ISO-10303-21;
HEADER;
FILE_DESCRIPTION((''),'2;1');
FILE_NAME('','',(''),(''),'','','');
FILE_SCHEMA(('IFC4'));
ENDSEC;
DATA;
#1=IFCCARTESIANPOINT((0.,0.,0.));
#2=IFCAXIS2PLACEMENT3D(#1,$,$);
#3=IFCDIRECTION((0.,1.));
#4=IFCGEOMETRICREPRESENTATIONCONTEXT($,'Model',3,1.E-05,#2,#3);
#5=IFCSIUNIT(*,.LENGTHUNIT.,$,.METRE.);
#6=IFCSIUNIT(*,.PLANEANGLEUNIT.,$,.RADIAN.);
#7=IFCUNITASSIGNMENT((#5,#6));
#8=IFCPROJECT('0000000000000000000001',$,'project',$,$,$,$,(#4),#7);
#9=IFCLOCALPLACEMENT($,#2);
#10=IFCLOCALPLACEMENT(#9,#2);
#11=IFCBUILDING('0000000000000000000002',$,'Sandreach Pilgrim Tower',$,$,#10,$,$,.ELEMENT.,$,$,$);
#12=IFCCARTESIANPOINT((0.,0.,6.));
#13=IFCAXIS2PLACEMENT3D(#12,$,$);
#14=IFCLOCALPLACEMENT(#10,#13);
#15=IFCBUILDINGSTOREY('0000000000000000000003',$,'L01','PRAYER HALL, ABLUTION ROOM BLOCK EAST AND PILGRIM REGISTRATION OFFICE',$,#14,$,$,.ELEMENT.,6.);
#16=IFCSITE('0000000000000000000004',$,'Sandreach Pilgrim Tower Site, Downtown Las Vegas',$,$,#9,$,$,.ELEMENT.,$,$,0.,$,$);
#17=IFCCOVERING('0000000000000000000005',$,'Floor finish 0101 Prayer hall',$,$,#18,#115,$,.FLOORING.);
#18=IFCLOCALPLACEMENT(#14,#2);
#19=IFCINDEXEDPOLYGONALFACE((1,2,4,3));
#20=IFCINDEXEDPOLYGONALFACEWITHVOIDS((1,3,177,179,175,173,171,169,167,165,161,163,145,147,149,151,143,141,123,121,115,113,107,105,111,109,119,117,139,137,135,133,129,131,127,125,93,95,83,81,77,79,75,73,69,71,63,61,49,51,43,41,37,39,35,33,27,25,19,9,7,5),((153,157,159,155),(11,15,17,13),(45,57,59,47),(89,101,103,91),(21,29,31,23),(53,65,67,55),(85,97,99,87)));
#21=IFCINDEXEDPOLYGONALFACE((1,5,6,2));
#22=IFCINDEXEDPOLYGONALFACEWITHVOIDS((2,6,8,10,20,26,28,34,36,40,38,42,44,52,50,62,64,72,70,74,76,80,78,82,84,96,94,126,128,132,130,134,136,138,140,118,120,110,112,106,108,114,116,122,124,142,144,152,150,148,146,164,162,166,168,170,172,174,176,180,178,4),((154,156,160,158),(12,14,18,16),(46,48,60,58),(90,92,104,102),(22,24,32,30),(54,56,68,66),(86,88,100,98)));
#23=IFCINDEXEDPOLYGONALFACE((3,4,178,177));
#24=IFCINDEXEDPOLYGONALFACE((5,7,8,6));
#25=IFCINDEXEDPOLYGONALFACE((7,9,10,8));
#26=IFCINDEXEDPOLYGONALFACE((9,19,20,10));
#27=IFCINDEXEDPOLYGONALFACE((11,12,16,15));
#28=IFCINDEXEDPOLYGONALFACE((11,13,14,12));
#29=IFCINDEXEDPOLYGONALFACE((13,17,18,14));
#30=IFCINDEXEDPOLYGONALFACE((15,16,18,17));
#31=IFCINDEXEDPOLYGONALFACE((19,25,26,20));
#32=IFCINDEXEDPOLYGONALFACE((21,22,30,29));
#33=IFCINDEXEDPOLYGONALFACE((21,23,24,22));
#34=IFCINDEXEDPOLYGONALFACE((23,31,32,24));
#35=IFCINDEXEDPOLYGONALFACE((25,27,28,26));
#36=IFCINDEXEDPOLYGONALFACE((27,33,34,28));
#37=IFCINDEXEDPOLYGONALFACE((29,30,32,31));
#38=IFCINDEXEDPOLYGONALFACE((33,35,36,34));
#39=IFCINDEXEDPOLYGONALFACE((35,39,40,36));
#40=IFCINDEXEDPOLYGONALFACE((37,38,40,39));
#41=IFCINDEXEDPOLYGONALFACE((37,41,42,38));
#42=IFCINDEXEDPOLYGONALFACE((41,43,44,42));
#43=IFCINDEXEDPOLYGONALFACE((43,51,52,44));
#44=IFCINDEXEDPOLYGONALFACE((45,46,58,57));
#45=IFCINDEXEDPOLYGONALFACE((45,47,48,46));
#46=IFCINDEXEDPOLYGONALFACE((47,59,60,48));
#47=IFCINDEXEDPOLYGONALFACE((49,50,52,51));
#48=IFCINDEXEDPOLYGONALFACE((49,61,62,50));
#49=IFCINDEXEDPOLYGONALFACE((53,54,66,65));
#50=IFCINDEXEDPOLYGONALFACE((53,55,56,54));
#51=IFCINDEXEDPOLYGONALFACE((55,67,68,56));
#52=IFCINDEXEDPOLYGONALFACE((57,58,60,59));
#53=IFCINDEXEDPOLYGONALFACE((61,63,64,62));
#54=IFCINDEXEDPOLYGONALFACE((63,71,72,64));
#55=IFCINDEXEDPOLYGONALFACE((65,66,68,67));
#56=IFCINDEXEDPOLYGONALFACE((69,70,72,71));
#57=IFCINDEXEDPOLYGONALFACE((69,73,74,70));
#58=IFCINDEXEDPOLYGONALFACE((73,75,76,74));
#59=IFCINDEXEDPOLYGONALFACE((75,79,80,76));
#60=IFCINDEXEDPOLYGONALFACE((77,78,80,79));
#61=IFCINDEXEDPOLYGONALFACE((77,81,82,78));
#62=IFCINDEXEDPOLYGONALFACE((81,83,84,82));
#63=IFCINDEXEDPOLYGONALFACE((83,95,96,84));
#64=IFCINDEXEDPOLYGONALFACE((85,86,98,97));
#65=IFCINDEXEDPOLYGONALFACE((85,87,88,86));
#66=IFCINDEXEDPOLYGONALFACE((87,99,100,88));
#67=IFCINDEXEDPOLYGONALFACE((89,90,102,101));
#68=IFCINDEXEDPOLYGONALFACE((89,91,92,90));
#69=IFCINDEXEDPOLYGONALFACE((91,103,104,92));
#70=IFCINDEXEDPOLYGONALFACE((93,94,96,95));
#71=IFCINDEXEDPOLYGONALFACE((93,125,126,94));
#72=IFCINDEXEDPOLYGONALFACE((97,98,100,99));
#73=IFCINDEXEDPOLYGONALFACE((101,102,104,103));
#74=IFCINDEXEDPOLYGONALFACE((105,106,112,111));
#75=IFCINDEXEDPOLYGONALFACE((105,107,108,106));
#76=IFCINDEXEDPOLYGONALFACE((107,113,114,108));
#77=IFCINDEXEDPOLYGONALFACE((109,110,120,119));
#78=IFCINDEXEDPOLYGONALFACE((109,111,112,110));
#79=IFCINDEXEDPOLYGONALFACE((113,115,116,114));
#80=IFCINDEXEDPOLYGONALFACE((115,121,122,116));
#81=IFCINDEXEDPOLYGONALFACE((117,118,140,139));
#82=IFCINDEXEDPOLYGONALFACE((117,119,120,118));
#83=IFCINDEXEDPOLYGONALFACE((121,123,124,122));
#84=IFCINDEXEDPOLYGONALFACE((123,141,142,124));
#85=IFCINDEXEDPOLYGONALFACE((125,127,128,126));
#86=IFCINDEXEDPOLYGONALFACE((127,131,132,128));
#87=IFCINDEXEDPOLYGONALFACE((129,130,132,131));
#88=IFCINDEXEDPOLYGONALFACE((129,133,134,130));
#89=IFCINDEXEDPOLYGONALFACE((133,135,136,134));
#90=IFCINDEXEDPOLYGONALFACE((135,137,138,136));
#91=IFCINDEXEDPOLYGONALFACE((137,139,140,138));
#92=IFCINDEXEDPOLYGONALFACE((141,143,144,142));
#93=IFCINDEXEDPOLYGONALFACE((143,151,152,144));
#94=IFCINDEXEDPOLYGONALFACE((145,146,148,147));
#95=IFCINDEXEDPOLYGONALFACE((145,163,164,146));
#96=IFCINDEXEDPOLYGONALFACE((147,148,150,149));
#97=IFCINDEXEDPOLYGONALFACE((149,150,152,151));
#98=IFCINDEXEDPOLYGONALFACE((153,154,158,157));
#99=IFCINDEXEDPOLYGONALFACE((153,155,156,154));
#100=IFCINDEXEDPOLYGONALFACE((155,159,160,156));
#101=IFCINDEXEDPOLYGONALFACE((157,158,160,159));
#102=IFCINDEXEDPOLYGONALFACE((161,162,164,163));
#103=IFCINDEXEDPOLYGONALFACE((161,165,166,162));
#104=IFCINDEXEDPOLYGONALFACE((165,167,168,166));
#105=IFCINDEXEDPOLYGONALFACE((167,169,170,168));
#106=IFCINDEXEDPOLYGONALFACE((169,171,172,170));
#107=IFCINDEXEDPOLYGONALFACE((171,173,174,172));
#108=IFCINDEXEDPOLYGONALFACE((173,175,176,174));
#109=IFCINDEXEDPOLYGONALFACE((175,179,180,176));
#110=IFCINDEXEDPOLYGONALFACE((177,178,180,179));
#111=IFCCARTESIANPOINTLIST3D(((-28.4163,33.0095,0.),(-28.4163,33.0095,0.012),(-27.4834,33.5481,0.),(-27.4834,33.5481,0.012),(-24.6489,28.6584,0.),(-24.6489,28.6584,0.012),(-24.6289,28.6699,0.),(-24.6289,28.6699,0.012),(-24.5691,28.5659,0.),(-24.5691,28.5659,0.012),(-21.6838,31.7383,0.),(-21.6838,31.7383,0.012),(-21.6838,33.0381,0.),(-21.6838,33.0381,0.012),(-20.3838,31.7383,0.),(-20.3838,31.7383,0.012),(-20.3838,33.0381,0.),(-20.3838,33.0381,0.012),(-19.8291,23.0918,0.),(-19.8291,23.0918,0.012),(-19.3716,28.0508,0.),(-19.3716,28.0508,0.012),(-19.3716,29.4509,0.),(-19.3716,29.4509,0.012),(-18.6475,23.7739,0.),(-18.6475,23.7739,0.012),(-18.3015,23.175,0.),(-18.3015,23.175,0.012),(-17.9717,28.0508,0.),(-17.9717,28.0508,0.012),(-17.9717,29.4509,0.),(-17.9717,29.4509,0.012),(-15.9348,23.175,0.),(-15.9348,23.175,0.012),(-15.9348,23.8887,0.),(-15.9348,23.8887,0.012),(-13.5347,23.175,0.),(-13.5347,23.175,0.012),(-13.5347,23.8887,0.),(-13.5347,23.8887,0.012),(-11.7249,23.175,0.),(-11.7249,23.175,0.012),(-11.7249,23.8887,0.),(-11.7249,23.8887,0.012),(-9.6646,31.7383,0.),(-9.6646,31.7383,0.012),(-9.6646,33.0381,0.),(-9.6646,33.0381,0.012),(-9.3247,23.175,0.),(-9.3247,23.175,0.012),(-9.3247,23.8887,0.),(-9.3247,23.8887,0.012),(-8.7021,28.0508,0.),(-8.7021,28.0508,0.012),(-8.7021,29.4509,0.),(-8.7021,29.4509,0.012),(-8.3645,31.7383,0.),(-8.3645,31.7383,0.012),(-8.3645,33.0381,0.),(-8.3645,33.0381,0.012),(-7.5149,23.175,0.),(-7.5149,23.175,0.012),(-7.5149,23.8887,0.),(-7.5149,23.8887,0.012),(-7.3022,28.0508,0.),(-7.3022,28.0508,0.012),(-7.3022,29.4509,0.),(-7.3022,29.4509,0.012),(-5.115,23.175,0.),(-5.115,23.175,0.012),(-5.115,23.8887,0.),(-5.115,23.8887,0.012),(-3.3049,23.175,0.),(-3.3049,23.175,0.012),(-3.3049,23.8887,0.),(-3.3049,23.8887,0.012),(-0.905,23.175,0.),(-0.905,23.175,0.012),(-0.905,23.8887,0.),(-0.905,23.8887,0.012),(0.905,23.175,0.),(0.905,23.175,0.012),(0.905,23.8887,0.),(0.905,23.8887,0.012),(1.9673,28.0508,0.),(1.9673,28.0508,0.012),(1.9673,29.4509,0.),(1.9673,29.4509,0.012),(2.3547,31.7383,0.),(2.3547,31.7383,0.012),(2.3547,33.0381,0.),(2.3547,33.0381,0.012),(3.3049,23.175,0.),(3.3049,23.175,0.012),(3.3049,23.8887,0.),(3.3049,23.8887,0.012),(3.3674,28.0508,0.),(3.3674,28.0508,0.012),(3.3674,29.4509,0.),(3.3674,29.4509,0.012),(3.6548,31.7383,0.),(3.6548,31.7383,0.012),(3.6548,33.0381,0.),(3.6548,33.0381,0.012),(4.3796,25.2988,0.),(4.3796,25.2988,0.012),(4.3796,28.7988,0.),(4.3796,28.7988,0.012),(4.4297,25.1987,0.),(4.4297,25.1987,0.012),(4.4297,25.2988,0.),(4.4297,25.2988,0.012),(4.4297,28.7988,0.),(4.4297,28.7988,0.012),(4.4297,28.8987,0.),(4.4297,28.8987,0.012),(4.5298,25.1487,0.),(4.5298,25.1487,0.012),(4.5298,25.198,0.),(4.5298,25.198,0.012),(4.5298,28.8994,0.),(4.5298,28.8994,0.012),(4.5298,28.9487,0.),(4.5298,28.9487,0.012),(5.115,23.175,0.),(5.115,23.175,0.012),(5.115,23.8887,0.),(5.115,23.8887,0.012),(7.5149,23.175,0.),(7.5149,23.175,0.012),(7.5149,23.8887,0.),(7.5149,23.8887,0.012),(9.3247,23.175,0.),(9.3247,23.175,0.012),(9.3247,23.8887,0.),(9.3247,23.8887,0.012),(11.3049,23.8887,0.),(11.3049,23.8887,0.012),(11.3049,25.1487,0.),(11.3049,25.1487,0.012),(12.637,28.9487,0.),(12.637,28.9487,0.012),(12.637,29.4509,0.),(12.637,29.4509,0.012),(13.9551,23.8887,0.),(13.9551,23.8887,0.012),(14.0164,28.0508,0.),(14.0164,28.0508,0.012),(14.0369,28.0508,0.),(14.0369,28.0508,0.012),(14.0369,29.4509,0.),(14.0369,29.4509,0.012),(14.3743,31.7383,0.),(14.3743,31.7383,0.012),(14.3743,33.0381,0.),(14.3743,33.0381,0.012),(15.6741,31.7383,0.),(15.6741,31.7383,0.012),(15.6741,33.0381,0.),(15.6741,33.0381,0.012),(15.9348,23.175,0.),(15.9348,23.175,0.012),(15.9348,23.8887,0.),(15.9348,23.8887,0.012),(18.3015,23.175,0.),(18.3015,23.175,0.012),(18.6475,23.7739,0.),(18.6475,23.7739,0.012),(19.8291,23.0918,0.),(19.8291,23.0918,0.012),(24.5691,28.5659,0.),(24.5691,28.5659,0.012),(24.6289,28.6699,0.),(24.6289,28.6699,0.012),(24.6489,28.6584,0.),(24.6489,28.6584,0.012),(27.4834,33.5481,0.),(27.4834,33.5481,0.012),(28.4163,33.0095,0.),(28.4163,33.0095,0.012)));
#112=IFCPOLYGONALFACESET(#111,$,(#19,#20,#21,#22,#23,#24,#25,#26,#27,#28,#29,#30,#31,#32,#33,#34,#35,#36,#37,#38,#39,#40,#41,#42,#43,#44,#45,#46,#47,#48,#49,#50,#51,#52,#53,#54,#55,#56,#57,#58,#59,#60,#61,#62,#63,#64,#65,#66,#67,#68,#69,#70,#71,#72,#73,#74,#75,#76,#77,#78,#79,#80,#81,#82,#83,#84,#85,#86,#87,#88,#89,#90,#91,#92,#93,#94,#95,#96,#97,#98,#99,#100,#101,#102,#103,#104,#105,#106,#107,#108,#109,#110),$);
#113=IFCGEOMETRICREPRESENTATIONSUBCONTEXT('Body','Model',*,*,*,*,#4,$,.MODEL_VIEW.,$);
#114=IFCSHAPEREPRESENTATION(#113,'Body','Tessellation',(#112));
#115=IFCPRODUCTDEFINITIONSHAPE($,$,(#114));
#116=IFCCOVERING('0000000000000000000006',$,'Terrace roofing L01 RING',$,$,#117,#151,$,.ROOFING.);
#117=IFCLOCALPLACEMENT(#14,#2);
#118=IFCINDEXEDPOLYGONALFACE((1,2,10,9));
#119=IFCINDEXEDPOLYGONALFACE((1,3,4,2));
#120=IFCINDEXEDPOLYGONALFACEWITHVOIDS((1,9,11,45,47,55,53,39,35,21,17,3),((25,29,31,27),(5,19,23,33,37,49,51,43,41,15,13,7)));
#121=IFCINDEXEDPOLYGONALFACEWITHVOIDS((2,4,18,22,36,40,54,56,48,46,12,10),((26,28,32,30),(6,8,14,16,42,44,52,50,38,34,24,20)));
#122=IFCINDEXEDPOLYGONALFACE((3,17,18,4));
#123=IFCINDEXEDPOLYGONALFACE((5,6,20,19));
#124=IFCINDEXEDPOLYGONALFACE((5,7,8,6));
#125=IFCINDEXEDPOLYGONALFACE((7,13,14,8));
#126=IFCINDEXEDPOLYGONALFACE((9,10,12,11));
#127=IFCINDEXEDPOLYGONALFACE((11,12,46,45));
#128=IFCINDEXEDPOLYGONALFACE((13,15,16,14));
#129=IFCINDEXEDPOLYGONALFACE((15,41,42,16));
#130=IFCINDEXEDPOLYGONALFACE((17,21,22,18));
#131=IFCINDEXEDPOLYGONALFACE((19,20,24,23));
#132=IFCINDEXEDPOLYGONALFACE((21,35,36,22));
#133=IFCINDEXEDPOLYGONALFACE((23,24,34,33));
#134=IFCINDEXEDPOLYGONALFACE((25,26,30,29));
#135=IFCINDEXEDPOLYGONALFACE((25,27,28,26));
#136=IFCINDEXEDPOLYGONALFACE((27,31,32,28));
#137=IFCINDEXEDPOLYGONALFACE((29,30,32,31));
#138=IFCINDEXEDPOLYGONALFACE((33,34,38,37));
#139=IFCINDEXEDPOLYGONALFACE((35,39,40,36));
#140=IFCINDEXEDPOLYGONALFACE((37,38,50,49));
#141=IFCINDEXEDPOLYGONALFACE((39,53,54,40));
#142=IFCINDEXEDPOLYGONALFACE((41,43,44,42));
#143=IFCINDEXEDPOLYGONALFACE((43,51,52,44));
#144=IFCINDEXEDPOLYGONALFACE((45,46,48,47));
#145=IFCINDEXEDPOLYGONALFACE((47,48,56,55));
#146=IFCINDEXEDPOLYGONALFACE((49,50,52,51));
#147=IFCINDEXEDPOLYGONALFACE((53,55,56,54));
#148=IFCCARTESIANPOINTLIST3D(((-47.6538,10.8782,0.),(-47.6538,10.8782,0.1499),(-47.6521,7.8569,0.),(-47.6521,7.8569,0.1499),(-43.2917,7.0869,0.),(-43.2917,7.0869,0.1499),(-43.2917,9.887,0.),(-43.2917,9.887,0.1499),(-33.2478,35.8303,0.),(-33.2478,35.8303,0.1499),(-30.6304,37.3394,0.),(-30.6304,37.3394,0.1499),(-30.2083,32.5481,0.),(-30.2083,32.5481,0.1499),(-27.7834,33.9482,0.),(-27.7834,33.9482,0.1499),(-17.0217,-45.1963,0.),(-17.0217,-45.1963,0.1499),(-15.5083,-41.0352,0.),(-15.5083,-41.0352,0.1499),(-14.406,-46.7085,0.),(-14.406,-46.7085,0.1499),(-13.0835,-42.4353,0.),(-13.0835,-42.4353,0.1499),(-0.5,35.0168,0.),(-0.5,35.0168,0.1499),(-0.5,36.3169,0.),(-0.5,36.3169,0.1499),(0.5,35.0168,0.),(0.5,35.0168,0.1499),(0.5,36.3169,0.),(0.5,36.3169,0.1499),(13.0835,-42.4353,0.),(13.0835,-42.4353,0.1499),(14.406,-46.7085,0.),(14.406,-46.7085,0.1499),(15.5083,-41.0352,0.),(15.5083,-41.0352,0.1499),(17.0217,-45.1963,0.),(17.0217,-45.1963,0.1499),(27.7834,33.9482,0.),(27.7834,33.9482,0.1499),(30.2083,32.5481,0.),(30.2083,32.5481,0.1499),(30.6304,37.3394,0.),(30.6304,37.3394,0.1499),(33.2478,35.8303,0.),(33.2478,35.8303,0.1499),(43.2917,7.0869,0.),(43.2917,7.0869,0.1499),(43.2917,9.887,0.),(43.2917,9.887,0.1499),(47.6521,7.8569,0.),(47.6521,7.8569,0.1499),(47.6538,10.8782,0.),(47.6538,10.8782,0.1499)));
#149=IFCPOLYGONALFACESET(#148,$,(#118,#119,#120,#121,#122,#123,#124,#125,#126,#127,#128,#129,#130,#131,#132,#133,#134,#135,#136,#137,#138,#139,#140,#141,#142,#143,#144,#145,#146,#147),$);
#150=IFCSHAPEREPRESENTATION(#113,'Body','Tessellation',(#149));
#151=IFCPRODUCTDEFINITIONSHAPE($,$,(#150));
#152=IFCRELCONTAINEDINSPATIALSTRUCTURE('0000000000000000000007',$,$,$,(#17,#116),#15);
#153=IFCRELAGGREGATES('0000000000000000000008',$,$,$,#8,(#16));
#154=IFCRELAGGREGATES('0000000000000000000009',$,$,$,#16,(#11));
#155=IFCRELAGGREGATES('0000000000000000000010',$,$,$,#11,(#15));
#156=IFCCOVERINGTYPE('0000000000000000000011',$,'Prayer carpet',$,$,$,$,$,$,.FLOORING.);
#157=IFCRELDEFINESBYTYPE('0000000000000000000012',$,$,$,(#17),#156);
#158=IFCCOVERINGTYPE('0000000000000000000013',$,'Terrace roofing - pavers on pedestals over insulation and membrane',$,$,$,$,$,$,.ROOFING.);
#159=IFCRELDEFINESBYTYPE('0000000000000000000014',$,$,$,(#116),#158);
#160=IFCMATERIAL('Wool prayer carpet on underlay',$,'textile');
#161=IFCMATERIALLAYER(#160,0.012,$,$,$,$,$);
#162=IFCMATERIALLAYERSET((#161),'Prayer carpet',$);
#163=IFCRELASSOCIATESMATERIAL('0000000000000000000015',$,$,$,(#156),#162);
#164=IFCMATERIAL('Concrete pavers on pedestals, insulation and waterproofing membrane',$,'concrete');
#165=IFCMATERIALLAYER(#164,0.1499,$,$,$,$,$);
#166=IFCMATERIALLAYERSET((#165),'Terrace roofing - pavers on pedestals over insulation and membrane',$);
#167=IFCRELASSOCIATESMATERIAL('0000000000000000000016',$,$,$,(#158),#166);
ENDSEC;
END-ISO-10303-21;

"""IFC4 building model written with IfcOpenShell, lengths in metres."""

from ifc_helpers import new_model, si_unit, direction, frame, origin, place, context, subcontext, project, spatial, polyline, outline, extrude, material, layer, layer_set, type_object, element, save


model = new_model("IFC4")

# Units and contexts
model_context = context("Model", 3, precision=1e-05, world=origin(), true_north=direction((0.0, 1.0)))
body_context = subcontext(model_context, "Body", "Model", "MODEL_VIEW")
ifc_project = project(units=[si_unit("LENGTHUNIT", "METRE"), si_unit("PLANEANGLEUNIT", "RADIAN")], contexts=[model_context])

# Site, building, storey
site_placement = place(None, origin())
site = spatial("IfcSite", under=ifc_project, at=site_placement, Name="Sandreach Pilgrim Tower Site, Downtown Las Vegas", CompositionType="ELEMENT", RefElevation=0.0)
building_placement = place(site_placement, origin())
building = spatial("IfcBuilding", under=site, at=building_placement, Name="Sandreach Pilgrim Tower", CompositionType="ELEMENT")
storey_placement = place(building_placement, frame((0.0, 0.0, 6.0)))
storey = spatial("IfcBuildingStorey", under=building, at=storey_placement, Name="L01", Description="PRAYER HALL, ABLUTION ROOM BLOCK EAST AND PILGRIM REGISTRATION OFFICE", CompositionType="ELEMENT", Elevation=6.0)

# Coverings
ifc_material_1 = material(Name="Wool prayer carpet on underlay", Category="textile")
ifc_layer_1 = layer(ifc_material_1, 0.012)
ifc_layer_set_1 = layer_set([ifc_layer_1], Name="Prayer carpet")
covering_type_1 = type_object("IfcCoveringType", Name="Prayer carpet", PredefinedType="FLOORING", material=ifc_layer_set_1)
covering_1_placement = place(storey_placement, origin())
element("IfcCovering", 1, at=covering_1_placement, inside=storey, type_object=covering_type_1, Name="Floor finish 0101 Prayer hall", PredefinedType="FLOORING", context=body_context, shape_type="SweptSolid", body=[
    extrude(outline(polyline([(27.4834, 33.5481), (28.4163, 33.0095), (24.6489, 28.6584), (24.6289, 28.6699), (24.5691, 28.5659), (19.8291, 23.0918), (18.6475, 23.7739), (18.3015, 23.175), (15.9348, 23.175), (15.9348, 23.8887), (13.9551, 23.8887), (14.0164, 28.0508), (14.0369, 28.0508), (14.0369, 29.4509), (12.637, 29.4509), (12.637, 28.9487), (4.5298, 28.9487), (4.5298, 28.8994), (4.4297, 28.8987), (4.4297, 28.7988), (4.3796, 28.7988), (4.3796, 25.2988), (4.4297, 25.2988), (4.4297, 25.1987), (4.5298, 25.198), (4.5298, 25.1487), (11.3049, 25.1487), (11.3049, 23.8887), (9.3247, 23.8887), (9.3247, 23.175), (7.5149, 23.175), (7.5149, 23.8887), (5.115, 23.8887), (5.115, 23.175), (3.3049, 23.175), (3.3049, 23.8887), (0.905, 23.8887), (0.905, 23.175), (-0.905, 23.175), (-0.905, 23.8887), (-3.3049, 23.8887), (-3.3049, 23.175), (-5.115, 23.175), (-5.115, 23.8887), (-7.5149, 23.8887), (-7.5149, 23.175), (-9.3247, 23.175), (-9.3247, 23.8887), (-11.7249, 23.8887), (-11.7249, 23.175), (-13.5347, 23.175), (-13.5347, 23.8887), (-15.9348, 23.8887), (-15.9348, 23.175), (-18.3015, 23.175), (-18.6475, 23.7739), (-19.8291, 23.0918), (-24.5691, 28.5659), (-24.6289, 28.6699), (-24.6489, 28.6584), (-28.4163, 33.0095), (-27.4834, 33.5481), (27.4834, 33.5481)]), holes=[polyline([(14.3743, 33.0381), (14.3743, 31.7383), (15.6741, 31.7383), (15.6741, 33.0381), (14.3743, 33.0381)]), polyline([(3.6548, 33.0381), (2.3547, 33.0381), (2.3547, 31.7383), (3.6548, 31.7383), (3.6548, 33.0381)]), polyline([(1.9673, 29.4509), (1.9673, 28.0508), (3.3674, 28.0508), (3.3674, 29.4509), (1.9673, 29.4509)]), polyline([(-8.7021, 29.4509), (-8.7021, 28.0508), (-7.3022, 28.0508), (-7.3022, 29.4509), (-8.7021, 29.4509)]), polyline([(-9.6646, 33.0381), (-9.6646, 31.7383), (-8.3645, 31.7383), (-8.3645, 33.0381), (-9.6646, 33.0381)]), polyline([(-19.3716, 29.4509), (-19.3716, 28.0508), (-17.9717, 28.0508), (-17.9717, 29.4509), (-19.3716, 29.4509)]), polyline([(-21.6838, 33.0381), (-21.6838, 31.7383), (-20.3838, 31.7383), (-20.3838, 33.0381), (-21.6838, 33.0381)])]), origin(), (0.0, 0.0, 1.0), 0.012),
])
ifc_material_2 = material(Name="Concrete pavers on pedestals, insulation and waterproofing membrane", Category="concrete")
ifc_layer_2 = layer(ifc_material_2, 0.1499)
ifc_layer_set_2 = layer_set([ifc_layer_2], Name="Terrace roofing - pavers on pedestals over insulation and membrane")
covering_type_2 = type_object("IfcCoveringType", Name="Terrace roofing - pavers on pedestals over insulation and membrane", PredefinedType="ROOFING", material=ifc_layer_set_2)
covering_2_placement = place(storey_placement, origin())
element("IfcCovering", 2, at=covering_2_placement, inside=storey, type_object=covering_type_2, Name="Terrace roofing L01 RING", PredefinedType="ROOFING", context=body_context, shape_type="SweptSolid", body=[
    extrude(outline(polyline([(-30.6304, 37.3394), (30.6304, 37.3394), (33.2478, 35.8303), (47.6538, 10.8782), (47.6521, 7.8569), (17.0217, -45.1963), (14.406, -46.7085), (-14.406, -46.7085), (-17.0217, -45.1963), (-47.6521, 7.8569), (-47.6538, 10.8782), (-33.2478, 35.8303), (-30.6304, 37.3394)]), holes=[polyline([(-30.2083, 32.5481), (-43.2917, 9.887), (-43.2917, 7.0869), (-15.5083, -41.0352), (-13.0835, -42.4353), (13.0835, -42.4353), (15.5083, -41.0352), (43.2917, 7.0869), (43.2917, 9.887), (30.2083, 32.5481), (27.7834, 33.9482), (-27.7834, 33.9482), (-30.2083, 32.5481)]), polyline([(0.5, 35.0168), (0.5, 36.3169), (-0.5, 36.3169), (-0.5, 35.0168), (0.5, 35.0168)])]), origin(), (0.0, 0.0, 1.0), 0.1499),
])

save(model, "model.ifc")
